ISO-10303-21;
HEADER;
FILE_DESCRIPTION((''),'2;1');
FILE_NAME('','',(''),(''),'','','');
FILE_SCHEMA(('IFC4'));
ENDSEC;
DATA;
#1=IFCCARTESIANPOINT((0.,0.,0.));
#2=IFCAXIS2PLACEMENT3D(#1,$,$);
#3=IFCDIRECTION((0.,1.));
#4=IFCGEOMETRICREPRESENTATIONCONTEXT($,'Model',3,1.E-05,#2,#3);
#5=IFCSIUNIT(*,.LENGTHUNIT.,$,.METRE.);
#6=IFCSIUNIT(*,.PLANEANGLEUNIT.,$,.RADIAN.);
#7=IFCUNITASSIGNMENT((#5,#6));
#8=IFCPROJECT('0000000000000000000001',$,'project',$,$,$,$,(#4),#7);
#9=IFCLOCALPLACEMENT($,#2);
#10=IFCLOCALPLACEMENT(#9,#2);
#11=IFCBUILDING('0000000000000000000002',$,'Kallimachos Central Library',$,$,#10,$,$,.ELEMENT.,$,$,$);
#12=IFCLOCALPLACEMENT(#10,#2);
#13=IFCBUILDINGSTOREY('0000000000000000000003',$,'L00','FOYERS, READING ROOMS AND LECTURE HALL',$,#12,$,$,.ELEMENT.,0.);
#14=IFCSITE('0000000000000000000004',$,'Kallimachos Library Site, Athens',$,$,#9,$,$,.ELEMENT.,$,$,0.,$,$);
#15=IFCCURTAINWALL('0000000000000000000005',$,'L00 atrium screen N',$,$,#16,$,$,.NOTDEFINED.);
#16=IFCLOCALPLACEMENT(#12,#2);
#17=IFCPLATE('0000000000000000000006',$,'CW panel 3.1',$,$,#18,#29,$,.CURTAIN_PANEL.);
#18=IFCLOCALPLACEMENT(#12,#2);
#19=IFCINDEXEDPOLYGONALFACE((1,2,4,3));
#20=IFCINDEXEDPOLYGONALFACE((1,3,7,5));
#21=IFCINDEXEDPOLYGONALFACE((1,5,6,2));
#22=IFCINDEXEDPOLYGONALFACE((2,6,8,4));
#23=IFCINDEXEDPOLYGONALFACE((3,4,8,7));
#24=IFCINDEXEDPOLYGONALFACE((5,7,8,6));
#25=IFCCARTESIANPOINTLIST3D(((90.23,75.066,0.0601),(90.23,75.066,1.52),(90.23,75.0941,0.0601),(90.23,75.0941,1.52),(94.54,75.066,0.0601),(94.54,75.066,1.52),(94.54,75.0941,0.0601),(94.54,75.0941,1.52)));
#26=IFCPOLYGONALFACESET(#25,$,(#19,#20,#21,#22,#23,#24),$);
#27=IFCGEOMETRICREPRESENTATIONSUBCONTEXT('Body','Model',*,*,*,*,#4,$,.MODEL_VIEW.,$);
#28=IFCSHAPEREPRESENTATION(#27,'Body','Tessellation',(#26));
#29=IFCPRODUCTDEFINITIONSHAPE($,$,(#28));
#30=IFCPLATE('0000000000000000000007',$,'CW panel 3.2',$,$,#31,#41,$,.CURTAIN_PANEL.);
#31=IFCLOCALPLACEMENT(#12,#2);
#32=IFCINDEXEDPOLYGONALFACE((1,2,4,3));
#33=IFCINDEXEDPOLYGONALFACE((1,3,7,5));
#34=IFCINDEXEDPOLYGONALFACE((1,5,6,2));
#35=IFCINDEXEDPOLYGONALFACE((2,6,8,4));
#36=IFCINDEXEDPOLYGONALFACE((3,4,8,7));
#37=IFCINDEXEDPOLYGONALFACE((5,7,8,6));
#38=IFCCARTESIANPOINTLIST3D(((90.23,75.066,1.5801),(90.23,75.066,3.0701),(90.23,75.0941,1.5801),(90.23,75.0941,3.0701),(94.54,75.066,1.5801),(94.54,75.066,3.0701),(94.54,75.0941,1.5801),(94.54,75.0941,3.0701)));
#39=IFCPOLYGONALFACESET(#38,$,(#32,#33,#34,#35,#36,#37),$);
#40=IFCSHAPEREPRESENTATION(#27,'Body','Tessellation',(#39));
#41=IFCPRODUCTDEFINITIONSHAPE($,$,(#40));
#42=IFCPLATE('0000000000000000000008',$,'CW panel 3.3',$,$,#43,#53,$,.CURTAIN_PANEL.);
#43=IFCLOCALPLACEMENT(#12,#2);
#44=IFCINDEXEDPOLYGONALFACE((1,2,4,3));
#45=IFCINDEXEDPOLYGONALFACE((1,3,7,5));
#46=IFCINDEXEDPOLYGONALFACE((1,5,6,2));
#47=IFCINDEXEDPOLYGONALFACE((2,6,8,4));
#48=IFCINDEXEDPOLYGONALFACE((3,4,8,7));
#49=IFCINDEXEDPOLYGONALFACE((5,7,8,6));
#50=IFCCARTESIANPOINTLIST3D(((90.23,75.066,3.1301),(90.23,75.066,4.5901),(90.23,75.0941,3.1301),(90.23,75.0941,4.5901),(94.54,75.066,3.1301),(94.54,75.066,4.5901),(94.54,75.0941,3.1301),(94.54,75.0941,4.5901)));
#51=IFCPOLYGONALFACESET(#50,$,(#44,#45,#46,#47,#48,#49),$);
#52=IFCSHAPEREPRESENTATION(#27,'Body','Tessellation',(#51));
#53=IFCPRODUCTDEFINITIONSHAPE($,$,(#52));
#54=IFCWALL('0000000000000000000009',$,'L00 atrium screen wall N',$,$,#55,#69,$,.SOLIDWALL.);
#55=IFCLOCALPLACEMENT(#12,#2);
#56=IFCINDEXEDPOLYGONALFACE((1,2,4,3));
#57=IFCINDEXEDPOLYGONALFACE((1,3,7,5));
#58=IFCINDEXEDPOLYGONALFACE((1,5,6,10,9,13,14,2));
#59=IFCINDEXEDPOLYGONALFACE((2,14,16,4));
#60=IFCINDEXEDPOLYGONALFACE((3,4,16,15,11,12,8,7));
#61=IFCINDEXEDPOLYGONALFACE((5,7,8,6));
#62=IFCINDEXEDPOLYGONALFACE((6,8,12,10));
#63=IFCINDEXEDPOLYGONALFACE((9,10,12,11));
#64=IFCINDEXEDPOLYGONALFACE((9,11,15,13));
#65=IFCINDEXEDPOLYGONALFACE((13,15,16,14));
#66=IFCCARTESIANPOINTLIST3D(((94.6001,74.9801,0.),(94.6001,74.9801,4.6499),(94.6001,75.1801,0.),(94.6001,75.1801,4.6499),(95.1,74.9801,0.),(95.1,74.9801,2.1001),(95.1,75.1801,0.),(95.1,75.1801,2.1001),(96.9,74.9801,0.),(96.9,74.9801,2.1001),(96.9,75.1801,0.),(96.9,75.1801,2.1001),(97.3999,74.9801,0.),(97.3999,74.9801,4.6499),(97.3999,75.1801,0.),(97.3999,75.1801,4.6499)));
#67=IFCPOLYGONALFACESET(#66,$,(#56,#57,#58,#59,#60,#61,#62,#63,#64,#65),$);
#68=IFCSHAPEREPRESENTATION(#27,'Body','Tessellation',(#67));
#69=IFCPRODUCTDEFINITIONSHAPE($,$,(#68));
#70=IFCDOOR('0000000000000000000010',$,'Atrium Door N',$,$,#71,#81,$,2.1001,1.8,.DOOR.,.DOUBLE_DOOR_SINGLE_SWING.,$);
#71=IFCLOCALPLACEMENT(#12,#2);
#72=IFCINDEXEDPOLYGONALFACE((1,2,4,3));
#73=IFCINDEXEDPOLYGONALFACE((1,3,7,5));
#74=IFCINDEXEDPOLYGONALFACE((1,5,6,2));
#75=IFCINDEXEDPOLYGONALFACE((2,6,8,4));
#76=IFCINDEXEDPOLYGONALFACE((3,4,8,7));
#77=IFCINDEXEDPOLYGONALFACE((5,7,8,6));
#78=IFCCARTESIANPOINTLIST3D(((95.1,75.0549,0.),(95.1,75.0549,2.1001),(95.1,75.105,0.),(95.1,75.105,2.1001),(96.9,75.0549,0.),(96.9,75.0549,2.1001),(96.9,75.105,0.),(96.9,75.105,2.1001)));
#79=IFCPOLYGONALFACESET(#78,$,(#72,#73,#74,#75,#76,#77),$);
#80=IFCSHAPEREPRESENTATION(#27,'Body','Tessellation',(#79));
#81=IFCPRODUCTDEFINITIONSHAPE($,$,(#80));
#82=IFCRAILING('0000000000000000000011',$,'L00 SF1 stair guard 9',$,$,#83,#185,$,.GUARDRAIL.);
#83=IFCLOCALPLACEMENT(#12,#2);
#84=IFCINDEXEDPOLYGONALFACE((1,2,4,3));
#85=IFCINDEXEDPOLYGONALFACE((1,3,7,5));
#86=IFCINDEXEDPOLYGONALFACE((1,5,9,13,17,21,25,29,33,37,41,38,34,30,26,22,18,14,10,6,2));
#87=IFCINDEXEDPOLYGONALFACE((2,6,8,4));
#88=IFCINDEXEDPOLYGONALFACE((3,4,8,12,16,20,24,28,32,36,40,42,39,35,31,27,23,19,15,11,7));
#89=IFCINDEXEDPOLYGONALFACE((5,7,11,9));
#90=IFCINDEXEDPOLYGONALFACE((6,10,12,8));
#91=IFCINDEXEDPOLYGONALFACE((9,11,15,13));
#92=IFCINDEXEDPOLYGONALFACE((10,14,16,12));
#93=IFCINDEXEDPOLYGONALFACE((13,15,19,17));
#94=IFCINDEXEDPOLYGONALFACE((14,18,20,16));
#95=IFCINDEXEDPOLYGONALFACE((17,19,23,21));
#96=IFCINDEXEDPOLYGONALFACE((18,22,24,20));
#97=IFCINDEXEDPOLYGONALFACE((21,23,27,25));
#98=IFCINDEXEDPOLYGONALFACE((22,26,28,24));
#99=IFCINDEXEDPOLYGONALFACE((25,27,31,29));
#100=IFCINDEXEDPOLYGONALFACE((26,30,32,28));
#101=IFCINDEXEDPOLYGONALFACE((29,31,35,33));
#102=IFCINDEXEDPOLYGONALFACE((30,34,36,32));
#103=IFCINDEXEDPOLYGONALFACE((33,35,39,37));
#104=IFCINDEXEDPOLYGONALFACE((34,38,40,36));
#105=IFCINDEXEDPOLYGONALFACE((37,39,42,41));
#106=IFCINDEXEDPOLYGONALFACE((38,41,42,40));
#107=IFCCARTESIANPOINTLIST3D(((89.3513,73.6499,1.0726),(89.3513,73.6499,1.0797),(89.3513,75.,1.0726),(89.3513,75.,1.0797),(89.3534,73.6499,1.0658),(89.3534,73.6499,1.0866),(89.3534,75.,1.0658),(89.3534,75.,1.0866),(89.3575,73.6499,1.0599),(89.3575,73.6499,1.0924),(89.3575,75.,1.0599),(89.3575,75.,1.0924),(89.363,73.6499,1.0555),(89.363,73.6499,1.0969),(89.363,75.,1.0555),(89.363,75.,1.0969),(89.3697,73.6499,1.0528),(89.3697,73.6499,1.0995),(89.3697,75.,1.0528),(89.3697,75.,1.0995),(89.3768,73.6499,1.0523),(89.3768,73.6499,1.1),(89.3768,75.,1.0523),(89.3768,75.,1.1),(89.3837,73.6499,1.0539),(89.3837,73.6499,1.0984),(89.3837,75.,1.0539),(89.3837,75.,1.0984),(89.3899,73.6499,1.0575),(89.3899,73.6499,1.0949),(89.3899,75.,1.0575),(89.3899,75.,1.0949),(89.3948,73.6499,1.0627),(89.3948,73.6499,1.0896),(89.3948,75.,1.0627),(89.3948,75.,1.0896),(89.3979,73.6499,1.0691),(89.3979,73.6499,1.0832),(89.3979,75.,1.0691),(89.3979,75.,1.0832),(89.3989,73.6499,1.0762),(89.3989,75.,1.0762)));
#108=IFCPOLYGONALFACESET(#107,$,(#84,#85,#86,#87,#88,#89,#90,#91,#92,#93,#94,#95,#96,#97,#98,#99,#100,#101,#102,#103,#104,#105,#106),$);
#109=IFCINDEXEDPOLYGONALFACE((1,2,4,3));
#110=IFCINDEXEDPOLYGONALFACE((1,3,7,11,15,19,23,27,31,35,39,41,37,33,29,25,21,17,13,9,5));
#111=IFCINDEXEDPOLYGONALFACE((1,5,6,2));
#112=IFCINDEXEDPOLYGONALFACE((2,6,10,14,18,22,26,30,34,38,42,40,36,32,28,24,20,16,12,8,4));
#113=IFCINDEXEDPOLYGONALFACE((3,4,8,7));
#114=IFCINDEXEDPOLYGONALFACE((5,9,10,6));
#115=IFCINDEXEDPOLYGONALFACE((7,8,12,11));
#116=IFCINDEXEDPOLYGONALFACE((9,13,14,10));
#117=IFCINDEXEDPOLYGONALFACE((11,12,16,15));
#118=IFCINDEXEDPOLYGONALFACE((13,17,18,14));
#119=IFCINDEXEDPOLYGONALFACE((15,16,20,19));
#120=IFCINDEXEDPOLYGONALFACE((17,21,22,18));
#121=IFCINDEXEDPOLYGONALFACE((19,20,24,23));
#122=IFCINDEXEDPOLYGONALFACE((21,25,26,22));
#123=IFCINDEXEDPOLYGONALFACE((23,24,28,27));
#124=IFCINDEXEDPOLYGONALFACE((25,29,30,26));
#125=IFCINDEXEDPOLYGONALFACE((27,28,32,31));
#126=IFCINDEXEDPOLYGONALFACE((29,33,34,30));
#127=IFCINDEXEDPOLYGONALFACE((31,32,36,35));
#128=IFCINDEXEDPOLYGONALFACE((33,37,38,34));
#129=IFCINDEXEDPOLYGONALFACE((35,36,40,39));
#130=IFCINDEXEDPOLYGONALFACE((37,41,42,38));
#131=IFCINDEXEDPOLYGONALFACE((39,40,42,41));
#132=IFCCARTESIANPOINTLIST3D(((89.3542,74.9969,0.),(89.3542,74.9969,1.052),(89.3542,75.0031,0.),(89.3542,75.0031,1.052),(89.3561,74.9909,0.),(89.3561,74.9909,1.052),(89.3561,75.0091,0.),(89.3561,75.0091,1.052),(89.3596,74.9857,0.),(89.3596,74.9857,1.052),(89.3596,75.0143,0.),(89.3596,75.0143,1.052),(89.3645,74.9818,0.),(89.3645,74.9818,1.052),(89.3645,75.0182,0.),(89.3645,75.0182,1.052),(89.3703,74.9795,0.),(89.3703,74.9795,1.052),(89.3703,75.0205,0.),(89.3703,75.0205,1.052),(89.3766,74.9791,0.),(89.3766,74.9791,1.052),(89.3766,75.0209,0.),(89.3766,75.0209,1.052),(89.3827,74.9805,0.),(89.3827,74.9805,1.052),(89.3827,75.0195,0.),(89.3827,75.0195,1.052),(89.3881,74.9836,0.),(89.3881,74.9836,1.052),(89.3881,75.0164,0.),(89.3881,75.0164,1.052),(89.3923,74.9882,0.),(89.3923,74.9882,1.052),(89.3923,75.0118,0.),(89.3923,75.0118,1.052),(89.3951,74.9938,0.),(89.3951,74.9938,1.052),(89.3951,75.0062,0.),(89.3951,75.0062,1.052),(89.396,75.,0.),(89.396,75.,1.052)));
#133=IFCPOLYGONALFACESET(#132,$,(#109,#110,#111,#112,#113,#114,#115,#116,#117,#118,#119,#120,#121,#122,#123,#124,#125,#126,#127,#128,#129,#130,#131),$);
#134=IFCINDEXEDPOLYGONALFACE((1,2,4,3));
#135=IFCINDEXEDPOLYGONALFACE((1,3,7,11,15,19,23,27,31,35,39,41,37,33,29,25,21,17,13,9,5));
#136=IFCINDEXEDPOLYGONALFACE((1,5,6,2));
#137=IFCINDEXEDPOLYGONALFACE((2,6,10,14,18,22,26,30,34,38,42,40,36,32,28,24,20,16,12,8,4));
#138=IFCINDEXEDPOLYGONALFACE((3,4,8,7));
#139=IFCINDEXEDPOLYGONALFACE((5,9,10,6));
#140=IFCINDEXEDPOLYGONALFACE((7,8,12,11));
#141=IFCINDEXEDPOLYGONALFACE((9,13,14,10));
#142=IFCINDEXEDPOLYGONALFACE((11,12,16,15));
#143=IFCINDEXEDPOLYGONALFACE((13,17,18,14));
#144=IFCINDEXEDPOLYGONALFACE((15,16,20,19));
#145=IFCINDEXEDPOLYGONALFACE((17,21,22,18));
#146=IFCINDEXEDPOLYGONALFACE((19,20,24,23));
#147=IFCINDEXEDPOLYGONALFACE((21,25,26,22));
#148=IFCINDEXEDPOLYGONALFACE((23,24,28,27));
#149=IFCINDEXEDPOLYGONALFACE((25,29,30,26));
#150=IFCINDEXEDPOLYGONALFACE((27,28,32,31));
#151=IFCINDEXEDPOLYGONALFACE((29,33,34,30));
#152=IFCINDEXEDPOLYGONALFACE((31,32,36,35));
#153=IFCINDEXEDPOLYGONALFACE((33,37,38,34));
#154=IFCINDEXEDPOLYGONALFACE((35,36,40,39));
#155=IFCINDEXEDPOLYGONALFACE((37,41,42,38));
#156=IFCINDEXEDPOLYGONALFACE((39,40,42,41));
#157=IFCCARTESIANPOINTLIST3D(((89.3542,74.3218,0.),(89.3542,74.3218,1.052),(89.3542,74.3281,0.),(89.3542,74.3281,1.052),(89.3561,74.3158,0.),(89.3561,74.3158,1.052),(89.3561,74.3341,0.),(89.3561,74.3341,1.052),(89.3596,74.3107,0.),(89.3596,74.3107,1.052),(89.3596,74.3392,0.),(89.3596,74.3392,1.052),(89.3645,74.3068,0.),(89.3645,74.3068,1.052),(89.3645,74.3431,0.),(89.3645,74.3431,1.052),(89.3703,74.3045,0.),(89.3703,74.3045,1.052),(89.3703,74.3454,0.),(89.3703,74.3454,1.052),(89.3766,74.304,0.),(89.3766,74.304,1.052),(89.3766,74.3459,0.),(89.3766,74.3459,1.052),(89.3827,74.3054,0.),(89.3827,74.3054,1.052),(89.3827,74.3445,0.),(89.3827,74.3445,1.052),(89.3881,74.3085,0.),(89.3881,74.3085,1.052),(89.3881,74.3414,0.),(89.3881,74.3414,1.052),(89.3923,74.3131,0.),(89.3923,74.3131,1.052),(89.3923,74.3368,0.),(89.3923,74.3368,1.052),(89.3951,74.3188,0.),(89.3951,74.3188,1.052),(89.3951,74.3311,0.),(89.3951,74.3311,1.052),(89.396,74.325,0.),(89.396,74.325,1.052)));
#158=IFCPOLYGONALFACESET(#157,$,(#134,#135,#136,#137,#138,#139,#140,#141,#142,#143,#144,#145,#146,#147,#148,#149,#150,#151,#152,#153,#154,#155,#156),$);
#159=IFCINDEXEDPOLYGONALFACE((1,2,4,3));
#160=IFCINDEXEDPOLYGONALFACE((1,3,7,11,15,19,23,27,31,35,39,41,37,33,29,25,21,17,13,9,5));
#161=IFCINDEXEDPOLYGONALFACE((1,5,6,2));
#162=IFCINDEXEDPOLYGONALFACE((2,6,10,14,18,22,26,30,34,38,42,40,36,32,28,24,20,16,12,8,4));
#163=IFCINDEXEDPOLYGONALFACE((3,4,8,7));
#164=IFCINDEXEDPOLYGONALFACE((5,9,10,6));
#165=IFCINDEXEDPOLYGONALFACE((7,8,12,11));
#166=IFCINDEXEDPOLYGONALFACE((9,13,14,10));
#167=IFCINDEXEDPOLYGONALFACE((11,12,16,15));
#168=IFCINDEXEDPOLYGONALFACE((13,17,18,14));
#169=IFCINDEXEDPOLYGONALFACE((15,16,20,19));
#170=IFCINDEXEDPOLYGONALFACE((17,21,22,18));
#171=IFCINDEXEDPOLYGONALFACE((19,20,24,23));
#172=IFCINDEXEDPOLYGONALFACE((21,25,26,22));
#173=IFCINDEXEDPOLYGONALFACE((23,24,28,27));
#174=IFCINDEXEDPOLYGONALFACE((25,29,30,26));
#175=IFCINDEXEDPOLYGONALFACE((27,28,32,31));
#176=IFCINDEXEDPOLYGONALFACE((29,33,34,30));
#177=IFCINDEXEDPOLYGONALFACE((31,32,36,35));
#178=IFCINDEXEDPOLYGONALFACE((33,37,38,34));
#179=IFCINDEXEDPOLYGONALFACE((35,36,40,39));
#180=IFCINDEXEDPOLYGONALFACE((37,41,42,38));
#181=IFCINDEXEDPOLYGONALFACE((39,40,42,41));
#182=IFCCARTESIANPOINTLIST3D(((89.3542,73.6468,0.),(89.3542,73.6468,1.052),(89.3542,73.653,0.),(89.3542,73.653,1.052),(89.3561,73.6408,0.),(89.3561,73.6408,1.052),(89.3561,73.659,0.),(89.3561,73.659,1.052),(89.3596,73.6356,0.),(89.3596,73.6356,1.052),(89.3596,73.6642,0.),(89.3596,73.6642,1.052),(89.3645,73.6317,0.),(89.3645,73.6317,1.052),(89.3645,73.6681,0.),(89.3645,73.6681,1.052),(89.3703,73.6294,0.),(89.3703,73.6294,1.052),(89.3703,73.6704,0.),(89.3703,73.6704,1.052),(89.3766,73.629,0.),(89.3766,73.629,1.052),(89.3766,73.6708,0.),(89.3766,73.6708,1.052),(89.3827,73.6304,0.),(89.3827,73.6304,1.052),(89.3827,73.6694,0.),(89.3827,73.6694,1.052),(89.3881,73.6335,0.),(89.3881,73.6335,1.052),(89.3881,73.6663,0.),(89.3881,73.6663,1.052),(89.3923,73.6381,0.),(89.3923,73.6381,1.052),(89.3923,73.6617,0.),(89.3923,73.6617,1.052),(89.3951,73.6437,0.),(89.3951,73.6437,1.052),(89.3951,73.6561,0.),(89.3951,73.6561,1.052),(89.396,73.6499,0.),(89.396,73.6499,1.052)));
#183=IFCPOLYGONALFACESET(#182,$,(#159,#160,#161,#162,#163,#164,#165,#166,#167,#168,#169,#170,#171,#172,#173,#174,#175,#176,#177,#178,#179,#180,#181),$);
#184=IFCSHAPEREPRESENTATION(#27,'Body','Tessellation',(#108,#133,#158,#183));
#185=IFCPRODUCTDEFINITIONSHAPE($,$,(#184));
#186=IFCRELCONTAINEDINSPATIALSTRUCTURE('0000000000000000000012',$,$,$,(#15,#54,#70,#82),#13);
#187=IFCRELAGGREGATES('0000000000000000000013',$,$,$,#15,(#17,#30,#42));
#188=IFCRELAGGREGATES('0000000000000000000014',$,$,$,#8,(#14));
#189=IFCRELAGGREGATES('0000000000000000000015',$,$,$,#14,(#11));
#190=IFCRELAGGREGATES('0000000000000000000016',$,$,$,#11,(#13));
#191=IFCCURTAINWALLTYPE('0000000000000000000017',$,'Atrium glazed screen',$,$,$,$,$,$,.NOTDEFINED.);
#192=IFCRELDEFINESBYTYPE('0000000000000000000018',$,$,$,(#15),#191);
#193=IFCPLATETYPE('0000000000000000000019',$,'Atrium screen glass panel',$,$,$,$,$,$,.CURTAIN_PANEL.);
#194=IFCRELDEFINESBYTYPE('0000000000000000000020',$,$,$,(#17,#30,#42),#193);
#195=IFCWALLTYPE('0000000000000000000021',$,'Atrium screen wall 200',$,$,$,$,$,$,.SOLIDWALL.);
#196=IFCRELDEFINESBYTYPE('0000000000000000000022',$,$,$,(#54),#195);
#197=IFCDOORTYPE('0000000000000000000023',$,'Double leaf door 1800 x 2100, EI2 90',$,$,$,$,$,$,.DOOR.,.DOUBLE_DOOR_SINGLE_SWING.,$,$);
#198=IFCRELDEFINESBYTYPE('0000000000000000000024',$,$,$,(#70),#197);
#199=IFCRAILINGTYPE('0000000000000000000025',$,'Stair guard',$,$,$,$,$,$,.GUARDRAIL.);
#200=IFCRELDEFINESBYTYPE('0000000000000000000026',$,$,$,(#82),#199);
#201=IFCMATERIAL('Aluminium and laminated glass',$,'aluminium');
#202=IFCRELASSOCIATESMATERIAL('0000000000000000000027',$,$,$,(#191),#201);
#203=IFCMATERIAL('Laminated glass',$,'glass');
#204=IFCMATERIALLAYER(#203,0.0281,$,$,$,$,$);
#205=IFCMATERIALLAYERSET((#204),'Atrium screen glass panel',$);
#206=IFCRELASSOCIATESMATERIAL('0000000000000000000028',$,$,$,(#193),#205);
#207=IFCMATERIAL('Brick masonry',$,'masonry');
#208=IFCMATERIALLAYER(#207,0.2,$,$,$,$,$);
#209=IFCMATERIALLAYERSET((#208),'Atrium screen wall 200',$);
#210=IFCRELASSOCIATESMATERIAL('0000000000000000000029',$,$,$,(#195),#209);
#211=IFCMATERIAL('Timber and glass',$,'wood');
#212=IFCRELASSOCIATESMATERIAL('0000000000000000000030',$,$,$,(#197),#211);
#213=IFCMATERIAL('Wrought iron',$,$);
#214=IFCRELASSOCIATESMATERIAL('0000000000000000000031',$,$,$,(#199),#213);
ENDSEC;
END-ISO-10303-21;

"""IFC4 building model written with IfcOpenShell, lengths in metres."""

from ifc_helpers import new_model, si_unit, direction, frame, frame_2d, origin, origin_2d, place, context, subcontext, project, spatial, rectangle, circle, extrude, material, layer, layer_set, type_object, element, fill, aggregate, save


model = new_model("IFC4")

# Units and contexts
model_context = context("Model", 3, precision=1e-05, world=origin(), true_north=direction((0.0, 1.0)))
body_context = subcontext(model_context, "Body", "Model", "MODEL_VIEW")
ifc_project = project(units=[si_unit("LENGTHUNIT", "METRE"), si_unit("PLANEANGLEUNIT", "RADIAN")], contexts=[model_context])

# Site, building, storey
site_placement = place(None, origin())
site = spatial("IfcSite", under=ifc_project, at=site_placement, Name="Kallimachos Library Site, Athens", CompositionType="ELEMENT", RefElevation=0.0)
building_placement = place(site_placement, origin())
building = spatial("IfcBuilding", under=site, at=building_placement, Name="Kallimachos Central Library", CompositionType="ELEMENT")
storey_placement = place(building_placement, origin())
storey = spatial("IfcBuildingStorey", under=building, at=storey_placement, Name="L00", Description="FOYERS, READING ROOMS AND LECTURE HALL", CompositionType="ELEMENT", Elevation=0.0)

# Curtain wall
ifc_material_1 = material(Name="Aluminium and laminated glass", Category="aluminium")
curtain_wall_type = type_object("IfcCurtainWallType", Name="Atrium glazed screen", PredefinedType="NOTDEFINED", material=ifc_material_1)
curtain_wall_placement = place(storey_placement, origin())
curtain_wall = element("IfcCurtainWall", 1, at=curtain_wall_placement, inside=storey, type_object=curtain_wall_type, Name="L00 atrium screen N", PredefinedType="NOTDEFINED")

# Plates
ifc_material_2 = material(Name="Laminated glass", Category="glass")
ifc_layer_1 = layer(ifc_material_2, 0.0281)
ifc_layer_set_1 = layer_set([ifc_layer_1], Name="Atrium screen glass panel")
plate_type = type_object("IfcPlateType", Name="Atrium screen glass panel", PredefinedType="CURTAIN_PANEL", material=ifc_layer_set_1)
plate_1_placement = place(storey_placement, frame((92.385, 75.0801, 0.0601), z_axis=(0.0, 0.0, 1.0), x_axis=(1.0, 0.0, 0.0)))
plate_1 = element("IfcPlate", 2, at=plate_1_placement, type_object=plate_type, Name="CW panel 3.1", PredefinedType="CURTAIN_PANEL", context=body_context, shape_type="SweptSolid", body=[
    extrude(rectangle(XDim=4.3101, YDim=0.0281, at=origin_2d()), origin(), (0.0, 0.0, 1.0), 1.46),
])
plate_2_placement = place(storey_placement, frame((92.385, 75.0801, 1.5801), z_axis=(0.0, 0.0, 1.0), x_axis=(1.0, 0.0, 0.0)))
plate_2 = element("IfcPlate", 3, at=plate_2_placement, type_object=plate_type, Name="CW panel 3.2", PredefinedType="CURTAIN_PANEL", context=body_context, shape_type="SweptSolid", body=[
    extrude(rectangle(XDim=4.3101, YDim=0.0281, at=origin_2d()), origin(), (0.0, 0.0, 1.0), 1.49),
])
plate_3_placement = place(storey_placement, frame((92.385, 75.0801, 3.1301), z_axis=(0.0, 0.0, 1.0), x_axis=(1.0, 0.0, 0.0)))
plate_3 = element("IfcPlate", 4, at=plate_3_placement, type_object=plate_type, Name="CW panel 3.3", PredefinedType="CURTAIN_PANEL", context=body_context, shape_type="SweptSolid", body=[
    extrude(rectangle(XDim=4.3101, YDim=0.0281, at=origin_2d()), origin(), (0.0, 0.0, 1.0), 1.46),
])
aggregate(curtain_wall, [plate_1, plate_2, plate_3])

# Wall, opening, door
ifc_material_3 = material(Name="Brick masonry", Category="masonry")
ifc_layer_2 = layer(ifc_material_3, 0.2)
ifc_layer_set_2 = layer_set([ifc_layer_2], Name="Atrium screen wall 200")
wall_type = type_object("IfcWallType", Name="Atrium screen wall 200", PredefinedType="SOLIDWALL", material=ifc_layer_set_2)
wall_placement = place(storey_placement, frame((94.6001, 75.0801, 0.0), z_axis=(0.0, 0.0, 1.0), x_axis=(1.0, 0.0, 0.0)))
wall = element("IfcWall", 5, at=wall_placement, inside=storey, type_object=wall_type, Name="L00 atrium screen wall N", PredefinedType="SOLIDWALL", context=body_context, shape_type="SweptSolid", body=[
    extrude(rectangle(XDim=2.7998, YDim=0.2, at=frame_2d((1.3999, 0.0))), origin(), (0.0, 0.0, 1.0), 4.6499),
])
opening_placement = place(wall_placement, frame((0.5, 0.0, 0.0)))
opening = element("IfcOpeningElement", 6, at=opening_placement, cuts=wall, PredefinedType="OPENING", context=body_context, shape_type="SweptSolid", body=[
    extrude(rectangle(XDim=1.8, YDim=2.1001, at=frame_2d((0.8999, 1.05))), frame((0.0, 0.1099, 0.0), z_axis=(0.0, -1.0, 0.0), x_axis=(1.0, 0.0, 0.0)), (0.0, 0.0, 1.0), 0.22),
])
ifc_material_4 = material(Name="Timber and glass", Category="wood")
door_type = type_object("IfcDoorType", Name="Double leaf door 1800 x 2100, EI2 90", OperationType="DOUBLE_DOOR_SINGLE_SWING", PredefinedType="DOOR", material=ifc_material_4)
door_placement = place(opening_placement, origin())
door = element("IfcDoor", 7, at=door_placement, inside=storey, type_object=door_type, Name="Atrium Door N", OperationType="DOUBLE_DOOR_SINGLE_SWING", OverallHeight=2.1001, OverallWidth=1.8, PredefinedType="DOOR", context=body_context, shape_type="SweptSolid", body=[
    extrude(rectangle(XDim=1.8, YDim=2.1001, at=frame_2d((0.8999, 1.05))), frame((0.0, 0.0249, 0.0), z_axis=(0.0, -1.0, 0.0), x_axis=(1.0, 0.0, 0.0)), (0.0, 0.0, 1.0), 0.05),
])
fill(opening, door)

# Railing
ifc_material_5 = material(Name="Wrought iron")
railing_type = type_object("IfcRailingType", Name="Stair guard", PredefinedType="GUARDRAIL", material=ifc_material_5)
railing_placement = place(storey_placement, frame((89.375, 75.0, 0.0)))
element("IfcRailing", 8, at=railing_placement, inside=storey, type_object=railing_type, Name="L00 SF1 stair guard 9", PredefinedType="GUARDRAIL", context=body_context, shape_type="SweptSolid", body=[
    extrude(circle(Radius=0.0239, at=origin_2d()), frame((0.0, 0.0, 1.0762), z_axis=(0.0, -1.0, 0.0), x_axis=(1.0, 0.0, 0.0)), (0.0, 0.0, 1.0), 1.3501),
    extrude(circle(Radius=0.021, at=origin_2d()), origin(), (0.0, 0.0, 1.0), 1.052),
    extrude(circle(Radius=0.021, at=origin_2d()), frame((0.0, -0.675, 0.0)), (0.0, 0.0, 1.0), 1.052),
    extrude(circle(Radius=0.021, at=origin_2d()), frame((0.0, -1.3501, 0.0)), (0.0, 0.0, 1.0), 1.052),
])

save(model, "model.ifc")
